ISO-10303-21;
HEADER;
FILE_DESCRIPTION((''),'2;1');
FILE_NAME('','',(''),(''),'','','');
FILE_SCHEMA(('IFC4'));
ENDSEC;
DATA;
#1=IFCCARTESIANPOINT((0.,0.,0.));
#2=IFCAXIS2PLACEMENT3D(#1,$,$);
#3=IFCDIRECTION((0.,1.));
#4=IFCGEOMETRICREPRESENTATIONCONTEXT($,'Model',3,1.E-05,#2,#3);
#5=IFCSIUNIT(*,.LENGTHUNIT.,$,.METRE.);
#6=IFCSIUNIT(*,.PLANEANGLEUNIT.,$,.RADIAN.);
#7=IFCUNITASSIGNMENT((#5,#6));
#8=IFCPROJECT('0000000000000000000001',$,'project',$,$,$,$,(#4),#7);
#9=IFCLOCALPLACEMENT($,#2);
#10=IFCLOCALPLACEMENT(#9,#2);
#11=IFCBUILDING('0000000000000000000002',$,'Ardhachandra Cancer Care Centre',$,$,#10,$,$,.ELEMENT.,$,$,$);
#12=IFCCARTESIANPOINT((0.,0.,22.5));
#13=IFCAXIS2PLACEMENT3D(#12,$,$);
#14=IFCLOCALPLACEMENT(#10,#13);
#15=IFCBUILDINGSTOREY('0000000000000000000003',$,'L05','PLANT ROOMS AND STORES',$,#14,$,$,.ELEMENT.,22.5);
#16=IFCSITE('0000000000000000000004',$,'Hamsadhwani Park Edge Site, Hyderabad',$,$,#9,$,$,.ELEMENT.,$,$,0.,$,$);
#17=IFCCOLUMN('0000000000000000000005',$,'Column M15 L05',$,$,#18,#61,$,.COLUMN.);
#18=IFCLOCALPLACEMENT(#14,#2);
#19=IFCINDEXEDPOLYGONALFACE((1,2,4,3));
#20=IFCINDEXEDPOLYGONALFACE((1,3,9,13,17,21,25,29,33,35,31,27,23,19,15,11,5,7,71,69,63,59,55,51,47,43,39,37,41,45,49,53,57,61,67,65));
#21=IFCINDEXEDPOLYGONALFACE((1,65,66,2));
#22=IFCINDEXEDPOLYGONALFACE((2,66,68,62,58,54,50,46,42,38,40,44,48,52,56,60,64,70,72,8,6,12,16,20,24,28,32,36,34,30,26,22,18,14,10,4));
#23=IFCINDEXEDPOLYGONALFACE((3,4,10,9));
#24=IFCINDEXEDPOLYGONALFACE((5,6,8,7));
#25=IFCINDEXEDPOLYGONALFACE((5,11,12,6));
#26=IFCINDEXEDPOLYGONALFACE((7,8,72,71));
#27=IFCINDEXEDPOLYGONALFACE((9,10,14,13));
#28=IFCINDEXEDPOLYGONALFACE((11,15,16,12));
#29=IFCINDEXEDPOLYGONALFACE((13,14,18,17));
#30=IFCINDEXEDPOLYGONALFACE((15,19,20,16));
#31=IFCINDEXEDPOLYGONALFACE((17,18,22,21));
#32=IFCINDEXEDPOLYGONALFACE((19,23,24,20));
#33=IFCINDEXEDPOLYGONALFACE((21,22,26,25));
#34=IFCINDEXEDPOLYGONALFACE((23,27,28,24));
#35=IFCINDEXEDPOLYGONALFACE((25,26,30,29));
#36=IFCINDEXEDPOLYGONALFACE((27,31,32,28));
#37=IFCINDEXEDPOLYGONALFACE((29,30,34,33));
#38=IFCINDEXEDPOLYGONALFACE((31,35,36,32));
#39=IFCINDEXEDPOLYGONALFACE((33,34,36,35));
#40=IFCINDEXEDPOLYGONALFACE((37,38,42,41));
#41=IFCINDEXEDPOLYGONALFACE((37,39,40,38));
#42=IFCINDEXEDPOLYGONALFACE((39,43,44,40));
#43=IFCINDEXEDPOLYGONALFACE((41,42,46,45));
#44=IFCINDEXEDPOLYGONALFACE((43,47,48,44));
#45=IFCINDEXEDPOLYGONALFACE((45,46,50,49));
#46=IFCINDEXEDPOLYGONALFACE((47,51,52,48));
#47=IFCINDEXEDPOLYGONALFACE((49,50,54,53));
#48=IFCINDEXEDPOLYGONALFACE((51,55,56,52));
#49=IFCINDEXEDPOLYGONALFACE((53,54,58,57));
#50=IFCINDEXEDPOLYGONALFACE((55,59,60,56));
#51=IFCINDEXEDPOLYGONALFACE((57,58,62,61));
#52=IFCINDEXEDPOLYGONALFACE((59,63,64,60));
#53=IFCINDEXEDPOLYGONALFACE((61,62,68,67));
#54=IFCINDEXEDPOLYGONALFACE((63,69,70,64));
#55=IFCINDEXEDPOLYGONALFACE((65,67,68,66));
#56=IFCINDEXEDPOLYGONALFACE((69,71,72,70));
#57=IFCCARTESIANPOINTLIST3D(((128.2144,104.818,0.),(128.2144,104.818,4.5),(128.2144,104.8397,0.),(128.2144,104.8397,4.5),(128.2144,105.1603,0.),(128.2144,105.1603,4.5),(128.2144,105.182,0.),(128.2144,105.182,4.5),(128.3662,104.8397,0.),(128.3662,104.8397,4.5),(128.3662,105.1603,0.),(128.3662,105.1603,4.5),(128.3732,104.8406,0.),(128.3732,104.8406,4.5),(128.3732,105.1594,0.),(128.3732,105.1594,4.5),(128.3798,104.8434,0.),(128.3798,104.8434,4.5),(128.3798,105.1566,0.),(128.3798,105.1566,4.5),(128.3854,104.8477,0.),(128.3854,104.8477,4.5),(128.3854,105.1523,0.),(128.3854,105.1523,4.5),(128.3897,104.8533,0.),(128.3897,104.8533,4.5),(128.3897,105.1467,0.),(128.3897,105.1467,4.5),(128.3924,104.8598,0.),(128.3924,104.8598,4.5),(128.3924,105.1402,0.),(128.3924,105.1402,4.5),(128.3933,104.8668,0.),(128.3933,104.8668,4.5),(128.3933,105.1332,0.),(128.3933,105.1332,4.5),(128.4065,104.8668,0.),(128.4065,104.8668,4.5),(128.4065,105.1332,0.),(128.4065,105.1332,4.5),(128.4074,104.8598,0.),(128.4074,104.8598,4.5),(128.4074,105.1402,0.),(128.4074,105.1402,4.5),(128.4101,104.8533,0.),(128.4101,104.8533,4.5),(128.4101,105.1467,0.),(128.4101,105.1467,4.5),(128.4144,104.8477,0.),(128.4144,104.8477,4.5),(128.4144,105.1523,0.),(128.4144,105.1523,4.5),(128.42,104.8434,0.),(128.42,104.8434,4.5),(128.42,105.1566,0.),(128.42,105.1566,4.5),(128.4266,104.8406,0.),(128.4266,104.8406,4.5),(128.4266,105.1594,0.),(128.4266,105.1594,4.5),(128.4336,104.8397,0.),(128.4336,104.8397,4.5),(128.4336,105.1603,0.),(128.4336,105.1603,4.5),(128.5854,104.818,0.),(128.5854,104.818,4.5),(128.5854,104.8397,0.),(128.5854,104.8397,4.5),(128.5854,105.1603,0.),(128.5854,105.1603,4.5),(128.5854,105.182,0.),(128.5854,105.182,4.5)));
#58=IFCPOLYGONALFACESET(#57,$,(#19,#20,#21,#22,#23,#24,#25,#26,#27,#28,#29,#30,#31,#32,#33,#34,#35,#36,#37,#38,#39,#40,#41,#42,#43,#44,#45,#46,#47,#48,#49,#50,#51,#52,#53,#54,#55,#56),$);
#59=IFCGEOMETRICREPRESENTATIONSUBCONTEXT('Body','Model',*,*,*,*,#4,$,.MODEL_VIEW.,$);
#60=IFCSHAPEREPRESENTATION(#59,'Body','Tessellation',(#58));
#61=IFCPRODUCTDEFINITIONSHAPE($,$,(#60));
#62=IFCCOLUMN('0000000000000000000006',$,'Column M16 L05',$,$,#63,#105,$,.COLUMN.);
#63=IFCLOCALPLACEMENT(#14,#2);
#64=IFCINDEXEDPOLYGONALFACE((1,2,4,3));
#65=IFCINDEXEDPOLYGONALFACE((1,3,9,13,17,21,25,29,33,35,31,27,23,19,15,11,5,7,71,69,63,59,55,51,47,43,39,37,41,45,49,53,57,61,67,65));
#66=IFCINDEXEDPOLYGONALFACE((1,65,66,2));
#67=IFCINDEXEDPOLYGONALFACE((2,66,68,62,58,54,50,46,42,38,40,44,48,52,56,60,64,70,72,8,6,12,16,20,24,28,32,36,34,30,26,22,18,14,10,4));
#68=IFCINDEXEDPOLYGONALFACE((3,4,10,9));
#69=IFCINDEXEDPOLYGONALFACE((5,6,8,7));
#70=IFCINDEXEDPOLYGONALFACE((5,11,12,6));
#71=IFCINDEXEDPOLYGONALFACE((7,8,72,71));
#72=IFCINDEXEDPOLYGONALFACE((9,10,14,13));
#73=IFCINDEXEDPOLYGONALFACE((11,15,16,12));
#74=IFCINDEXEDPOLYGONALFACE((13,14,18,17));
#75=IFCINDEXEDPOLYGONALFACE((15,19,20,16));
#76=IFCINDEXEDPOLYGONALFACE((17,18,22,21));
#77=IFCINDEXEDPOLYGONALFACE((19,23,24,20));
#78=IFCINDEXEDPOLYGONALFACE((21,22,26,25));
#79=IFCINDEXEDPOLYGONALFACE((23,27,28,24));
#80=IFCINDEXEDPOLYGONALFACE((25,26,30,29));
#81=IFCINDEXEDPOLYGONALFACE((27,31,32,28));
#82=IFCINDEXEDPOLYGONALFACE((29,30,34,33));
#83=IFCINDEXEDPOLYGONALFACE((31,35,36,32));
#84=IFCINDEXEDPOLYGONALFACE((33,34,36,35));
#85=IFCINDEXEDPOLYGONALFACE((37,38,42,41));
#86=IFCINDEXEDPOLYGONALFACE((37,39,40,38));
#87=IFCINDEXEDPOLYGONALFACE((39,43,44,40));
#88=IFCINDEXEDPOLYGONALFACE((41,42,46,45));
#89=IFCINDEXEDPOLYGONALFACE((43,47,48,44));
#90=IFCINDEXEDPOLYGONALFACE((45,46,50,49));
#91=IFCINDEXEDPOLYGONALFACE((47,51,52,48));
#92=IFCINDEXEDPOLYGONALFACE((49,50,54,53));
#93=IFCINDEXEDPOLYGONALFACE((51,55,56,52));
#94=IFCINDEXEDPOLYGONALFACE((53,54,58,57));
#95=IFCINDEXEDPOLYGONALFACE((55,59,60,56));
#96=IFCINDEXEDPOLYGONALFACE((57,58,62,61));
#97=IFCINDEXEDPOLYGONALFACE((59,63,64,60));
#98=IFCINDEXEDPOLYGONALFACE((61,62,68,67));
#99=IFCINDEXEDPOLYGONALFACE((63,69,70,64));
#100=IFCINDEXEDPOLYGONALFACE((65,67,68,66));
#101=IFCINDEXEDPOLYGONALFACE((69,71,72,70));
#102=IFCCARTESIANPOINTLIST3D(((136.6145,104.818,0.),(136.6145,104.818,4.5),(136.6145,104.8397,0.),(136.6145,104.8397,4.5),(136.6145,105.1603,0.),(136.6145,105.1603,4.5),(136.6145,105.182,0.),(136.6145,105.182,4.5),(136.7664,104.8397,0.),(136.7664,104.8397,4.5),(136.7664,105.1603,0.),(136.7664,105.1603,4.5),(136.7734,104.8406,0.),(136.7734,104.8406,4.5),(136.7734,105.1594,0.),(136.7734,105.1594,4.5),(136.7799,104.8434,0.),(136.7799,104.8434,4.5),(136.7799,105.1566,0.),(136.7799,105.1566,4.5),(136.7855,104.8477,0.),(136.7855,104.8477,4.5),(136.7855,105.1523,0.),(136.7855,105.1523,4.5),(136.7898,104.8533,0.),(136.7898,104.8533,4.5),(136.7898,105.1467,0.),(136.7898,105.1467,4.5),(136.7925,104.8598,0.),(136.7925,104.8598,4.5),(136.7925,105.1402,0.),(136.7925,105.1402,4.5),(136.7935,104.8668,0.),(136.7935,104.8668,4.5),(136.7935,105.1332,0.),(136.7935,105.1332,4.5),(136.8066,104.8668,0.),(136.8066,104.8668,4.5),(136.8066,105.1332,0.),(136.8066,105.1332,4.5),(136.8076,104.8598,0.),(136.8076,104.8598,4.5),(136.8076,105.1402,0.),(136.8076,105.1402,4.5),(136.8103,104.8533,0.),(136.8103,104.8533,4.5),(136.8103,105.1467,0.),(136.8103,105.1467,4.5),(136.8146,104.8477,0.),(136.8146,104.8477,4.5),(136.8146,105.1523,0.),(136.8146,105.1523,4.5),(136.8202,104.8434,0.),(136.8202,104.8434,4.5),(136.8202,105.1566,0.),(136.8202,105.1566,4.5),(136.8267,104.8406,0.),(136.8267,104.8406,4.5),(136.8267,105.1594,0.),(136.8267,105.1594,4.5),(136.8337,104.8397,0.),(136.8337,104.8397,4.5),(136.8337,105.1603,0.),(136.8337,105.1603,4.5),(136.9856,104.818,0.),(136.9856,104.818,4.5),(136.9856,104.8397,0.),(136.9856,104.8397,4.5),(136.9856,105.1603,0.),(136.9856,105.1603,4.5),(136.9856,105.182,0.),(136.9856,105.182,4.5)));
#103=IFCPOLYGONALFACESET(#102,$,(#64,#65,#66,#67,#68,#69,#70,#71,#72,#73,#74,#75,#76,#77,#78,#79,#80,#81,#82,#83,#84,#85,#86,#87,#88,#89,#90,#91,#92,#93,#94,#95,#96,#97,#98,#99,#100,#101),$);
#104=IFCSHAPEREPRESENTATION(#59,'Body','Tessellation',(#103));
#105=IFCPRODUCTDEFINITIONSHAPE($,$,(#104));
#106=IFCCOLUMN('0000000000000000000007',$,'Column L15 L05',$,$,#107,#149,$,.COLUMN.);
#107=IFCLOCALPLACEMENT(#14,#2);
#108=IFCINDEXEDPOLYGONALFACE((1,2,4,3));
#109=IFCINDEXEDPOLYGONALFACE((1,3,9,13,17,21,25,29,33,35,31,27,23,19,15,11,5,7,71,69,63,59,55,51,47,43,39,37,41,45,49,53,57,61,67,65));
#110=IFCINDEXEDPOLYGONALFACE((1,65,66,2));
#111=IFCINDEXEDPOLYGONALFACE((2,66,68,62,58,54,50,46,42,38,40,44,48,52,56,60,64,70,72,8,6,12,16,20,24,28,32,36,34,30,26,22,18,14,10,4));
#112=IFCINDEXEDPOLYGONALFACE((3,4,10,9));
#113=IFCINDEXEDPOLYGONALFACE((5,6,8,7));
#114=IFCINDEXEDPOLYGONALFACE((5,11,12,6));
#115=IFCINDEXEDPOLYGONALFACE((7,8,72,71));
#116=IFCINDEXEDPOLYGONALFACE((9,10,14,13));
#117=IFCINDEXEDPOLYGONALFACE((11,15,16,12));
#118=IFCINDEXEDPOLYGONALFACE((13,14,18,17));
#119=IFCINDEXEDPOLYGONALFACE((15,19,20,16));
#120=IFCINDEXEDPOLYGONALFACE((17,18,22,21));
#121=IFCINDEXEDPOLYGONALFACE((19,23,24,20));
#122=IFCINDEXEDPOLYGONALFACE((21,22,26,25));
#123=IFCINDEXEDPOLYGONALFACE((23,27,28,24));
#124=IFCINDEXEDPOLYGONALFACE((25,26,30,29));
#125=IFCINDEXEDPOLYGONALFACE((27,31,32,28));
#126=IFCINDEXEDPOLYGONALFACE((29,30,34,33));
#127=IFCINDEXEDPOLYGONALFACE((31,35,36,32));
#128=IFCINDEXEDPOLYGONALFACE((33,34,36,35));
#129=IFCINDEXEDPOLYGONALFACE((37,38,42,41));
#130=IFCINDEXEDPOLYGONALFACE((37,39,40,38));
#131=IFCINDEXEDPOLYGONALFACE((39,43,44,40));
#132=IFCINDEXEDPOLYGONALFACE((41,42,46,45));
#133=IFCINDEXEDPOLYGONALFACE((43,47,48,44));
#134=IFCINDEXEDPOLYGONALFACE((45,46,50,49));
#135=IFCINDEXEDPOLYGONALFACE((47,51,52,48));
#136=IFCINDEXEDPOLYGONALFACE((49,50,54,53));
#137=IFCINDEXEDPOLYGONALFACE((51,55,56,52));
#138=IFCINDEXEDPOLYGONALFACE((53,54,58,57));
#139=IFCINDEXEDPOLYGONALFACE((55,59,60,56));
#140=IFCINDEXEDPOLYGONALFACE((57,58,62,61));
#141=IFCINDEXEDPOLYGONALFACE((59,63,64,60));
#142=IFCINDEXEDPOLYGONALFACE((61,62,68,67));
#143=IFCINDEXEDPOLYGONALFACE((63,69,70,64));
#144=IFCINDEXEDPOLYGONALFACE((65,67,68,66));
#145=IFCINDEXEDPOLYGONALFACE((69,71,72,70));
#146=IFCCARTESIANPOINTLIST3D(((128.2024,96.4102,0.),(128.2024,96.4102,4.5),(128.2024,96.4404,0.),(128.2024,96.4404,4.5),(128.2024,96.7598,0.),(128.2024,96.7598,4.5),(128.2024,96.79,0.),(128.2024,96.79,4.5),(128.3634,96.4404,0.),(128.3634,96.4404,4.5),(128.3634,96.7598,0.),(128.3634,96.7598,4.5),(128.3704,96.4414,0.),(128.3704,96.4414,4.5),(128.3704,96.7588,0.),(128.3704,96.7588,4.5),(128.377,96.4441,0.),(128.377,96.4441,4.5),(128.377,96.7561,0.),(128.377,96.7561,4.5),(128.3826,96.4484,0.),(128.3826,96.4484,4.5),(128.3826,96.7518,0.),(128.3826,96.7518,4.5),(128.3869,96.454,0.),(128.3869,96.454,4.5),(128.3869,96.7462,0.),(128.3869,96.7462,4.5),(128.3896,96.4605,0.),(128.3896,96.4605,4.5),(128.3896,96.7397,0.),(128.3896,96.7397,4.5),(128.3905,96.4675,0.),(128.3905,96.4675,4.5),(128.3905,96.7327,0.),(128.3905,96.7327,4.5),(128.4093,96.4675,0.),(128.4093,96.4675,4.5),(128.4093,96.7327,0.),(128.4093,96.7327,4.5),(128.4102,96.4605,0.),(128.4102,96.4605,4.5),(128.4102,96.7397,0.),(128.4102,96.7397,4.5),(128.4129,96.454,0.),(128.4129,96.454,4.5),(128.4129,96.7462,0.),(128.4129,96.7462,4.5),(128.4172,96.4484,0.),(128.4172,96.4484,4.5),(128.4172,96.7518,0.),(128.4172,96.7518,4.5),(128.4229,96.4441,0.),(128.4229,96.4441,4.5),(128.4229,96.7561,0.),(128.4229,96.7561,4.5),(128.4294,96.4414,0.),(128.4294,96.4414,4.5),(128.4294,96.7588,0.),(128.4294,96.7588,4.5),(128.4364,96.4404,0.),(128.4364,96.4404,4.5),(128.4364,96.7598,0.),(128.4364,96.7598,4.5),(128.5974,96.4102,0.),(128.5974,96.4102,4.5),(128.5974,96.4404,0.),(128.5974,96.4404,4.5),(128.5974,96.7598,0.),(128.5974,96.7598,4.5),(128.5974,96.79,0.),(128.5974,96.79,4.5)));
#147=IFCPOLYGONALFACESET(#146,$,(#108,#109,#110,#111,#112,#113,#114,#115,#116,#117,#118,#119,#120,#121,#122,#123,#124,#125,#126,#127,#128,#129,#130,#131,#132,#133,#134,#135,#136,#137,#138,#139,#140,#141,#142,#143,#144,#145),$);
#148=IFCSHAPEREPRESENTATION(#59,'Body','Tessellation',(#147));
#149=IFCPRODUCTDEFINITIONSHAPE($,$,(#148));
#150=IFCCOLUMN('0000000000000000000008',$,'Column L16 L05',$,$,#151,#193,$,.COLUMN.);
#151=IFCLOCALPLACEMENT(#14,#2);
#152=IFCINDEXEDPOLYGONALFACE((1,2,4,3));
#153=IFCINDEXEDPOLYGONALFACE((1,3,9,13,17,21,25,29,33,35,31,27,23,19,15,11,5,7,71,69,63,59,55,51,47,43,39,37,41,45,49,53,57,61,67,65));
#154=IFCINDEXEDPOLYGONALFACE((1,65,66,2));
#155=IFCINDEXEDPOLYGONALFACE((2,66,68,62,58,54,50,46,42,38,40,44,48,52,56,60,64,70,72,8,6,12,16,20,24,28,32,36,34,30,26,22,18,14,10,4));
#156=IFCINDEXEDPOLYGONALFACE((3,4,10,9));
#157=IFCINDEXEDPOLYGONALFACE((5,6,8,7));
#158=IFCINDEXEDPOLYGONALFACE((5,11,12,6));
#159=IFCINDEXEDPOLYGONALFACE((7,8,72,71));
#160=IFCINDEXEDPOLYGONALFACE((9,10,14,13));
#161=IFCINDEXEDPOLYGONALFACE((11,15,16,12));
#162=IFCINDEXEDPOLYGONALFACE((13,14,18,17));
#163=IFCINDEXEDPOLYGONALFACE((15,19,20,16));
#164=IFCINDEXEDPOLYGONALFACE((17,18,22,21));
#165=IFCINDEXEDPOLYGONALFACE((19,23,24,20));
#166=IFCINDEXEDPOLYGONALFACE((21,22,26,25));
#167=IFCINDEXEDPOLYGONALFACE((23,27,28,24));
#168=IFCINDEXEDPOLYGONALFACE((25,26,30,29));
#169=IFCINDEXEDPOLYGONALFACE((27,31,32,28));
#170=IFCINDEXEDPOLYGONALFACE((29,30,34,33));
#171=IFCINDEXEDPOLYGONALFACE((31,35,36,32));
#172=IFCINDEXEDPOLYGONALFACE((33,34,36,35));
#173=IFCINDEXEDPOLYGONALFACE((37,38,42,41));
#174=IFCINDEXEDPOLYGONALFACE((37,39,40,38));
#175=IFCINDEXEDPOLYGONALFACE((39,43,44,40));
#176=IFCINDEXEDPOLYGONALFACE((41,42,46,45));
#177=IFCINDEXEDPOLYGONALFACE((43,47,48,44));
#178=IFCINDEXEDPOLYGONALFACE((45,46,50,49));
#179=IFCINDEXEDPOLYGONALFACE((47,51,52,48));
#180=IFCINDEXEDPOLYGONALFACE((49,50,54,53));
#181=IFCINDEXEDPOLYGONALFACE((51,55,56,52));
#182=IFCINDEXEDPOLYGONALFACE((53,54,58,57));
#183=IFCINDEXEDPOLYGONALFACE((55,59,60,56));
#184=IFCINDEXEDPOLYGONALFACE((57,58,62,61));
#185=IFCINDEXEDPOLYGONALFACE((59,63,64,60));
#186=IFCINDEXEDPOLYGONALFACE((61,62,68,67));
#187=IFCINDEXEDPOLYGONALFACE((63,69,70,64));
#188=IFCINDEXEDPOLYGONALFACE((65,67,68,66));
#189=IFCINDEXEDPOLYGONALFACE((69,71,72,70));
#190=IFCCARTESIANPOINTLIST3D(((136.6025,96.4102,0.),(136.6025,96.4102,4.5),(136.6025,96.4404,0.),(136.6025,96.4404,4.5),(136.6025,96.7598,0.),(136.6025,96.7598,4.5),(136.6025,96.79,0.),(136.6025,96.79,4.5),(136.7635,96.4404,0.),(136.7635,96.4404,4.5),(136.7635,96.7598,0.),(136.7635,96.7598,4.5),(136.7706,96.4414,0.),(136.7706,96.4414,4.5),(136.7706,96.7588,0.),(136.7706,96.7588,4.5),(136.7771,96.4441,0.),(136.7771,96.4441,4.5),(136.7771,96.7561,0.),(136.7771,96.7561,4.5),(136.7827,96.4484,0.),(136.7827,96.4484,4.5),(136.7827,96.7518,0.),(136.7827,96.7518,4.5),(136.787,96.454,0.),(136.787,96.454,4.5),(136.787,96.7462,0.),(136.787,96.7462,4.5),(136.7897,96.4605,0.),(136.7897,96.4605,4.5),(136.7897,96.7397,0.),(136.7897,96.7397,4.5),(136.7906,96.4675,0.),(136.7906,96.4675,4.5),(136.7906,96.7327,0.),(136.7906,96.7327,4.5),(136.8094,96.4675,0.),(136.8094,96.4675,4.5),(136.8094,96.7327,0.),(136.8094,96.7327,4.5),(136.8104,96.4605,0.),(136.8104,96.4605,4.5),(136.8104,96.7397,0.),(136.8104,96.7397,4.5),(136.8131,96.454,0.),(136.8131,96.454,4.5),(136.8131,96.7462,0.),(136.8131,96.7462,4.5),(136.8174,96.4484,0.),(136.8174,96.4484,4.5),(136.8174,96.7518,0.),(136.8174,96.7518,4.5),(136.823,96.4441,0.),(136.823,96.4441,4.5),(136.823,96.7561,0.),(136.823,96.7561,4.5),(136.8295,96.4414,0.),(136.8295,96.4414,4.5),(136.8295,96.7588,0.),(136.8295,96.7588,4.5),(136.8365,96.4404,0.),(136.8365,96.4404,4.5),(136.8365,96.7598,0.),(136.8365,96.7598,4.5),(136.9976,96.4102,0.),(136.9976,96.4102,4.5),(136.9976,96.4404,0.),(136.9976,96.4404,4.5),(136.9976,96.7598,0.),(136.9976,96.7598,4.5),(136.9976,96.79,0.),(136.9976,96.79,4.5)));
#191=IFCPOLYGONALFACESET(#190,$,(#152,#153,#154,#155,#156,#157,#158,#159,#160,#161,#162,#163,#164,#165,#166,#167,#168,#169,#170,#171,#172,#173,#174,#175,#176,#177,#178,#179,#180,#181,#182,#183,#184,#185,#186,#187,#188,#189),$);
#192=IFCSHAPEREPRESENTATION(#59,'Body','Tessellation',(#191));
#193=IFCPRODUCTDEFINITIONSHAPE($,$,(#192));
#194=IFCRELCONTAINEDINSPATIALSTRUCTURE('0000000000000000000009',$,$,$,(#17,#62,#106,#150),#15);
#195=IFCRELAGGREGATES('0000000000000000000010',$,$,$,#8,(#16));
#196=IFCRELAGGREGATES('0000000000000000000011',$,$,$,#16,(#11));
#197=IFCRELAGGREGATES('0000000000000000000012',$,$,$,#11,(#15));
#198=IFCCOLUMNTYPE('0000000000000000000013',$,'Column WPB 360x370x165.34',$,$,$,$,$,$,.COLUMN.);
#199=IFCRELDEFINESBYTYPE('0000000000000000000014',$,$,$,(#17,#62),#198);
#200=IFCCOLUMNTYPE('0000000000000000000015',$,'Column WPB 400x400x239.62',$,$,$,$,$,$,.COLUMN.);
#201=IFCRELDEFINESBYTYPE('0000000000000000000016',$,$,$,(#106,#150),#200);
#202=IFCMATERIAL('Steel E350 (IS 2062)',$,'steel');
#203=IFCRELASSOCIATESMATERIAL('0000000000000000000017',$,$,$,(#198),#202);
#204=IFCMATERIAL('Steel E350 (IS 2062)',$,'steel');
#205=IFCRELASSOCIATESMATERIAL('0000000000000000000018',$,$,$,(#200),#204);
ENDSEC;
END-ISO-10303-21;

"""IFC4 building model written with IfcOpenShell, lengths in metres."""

from ifc_helpers import new_model, si_unit, direction, frame, origin, origin_2d, place, context, subcontext, project, spatial, i_section, extrude, material, material_profile, profile_set, type_object, element, save


model = new_model("IFC4")

# Units and contexts
model_context = context("Model", 3, precision=1e-05, world=origin(), true_north=direction((0.0, 1.0)))
body_context = subcontext(model_context, "Body", "Model", "MODEL_VIEW")
ifc_project = project(units=[si_unit("LENGTHUNIT", "METRE"), si_unit("PLANEANGLEUNIT", "RADIAN")], contexts=[model_context])

# Site, building, storey
site_placement = place(None, origin())
site = spatial("IfcSite", under=ifc_project, at=site_placement, Name="Hamsadhwani Park Edge Site, Hyderabad", CompositionType="ELEMENT", RefElevation=0.0)
building_placement = place(site_placement, origin())
building = spatial("IfcBuilding", under=site, at=building_placement, Name="Ardhachandra Cancer Care Centre", CompositionType="ELEMENT")
storey_placement = place(building_placement, frame((0.0, 0.0, 22.5)))
storey = spatial("IfcBuildingStorey", under=building, at=storey_placement, Name="L05", Description="PLANT ROOMS AND STORES", CompositionType="ELEMENT", Elevation=22.5)

# Columns
ifc_material_1 = material(Name="Steel E350 (IS 2062)", Category="steel")
ifc_material_profile_1 = material_profile(ifc_material_1, i_section(OverallWidth=0.3711, OverallDepth=0.364, WebThickness=0.0132, FlangeThickness=0.0217, FilletRadius=0.0271, at=origin_2d()), Name="WPB 360x370x165.34")
ifc_profile_set_1 = profile_set([ifc_material_profile_1], Name="Steel E350 (IS 2062)")
column_type_1 = type_object("IfcColumnType", Name="Column WPB 360x370x165.34", PredefinedType="COLUMN", material=ifc_profile_set_1)
for number, where, z_axis, x_axis, name in (
    (1, (128.3999, 105.0, 0.0), (0.0, 0.0, 1.0), (1.0, 0.0, 0.0), "Column M15 L05"),
    (2, (136.8, 105.0, 0.0), (0.0, 0.0, 1.0), (1.0, 0.0, 0.0), "Column M16 L05"),
):
    element("IfcColumn", number, at=place(storey_placement, frame(where, z_axis=z_axis, x_axis=x_axis)), inside=storey, type_object=column_type_1, Name=name, PredefinedType="COLUMN", context=body_context, shape_type="SweptSolid", body=[
        extrude(i_section(OverallWidth=0.3711, OverallDepth=0.364, WebThickness=0.0132, FlangeThickness=0.0217, FilletRadius=0.0271, at=origin_2d()), origin(), (0.0, 0.0, 1.0), 4.5),
    ])
ifc_material_2 = material(Name="Steel E350 (IS 2062)", Category="steel")
ifc_material_profile_2 = material_profile(ifc_material_2, i_section(OverallWidth=0.395, OverallDepth=0.3799, WebThickness=0.0188, FlangeThickness=0.0303, FilletRadius=0.0271, at=origin_2d()), Name="WPB 400x400x239.62")
ifc_profile_set_2 = profile_set([ifc_material_profile_2], Name="Steel E350 (IS 2062)")
column_type_2 = type_object("IfcColumnType", Name="Column WPB 400x400x239.62", PredefinedType="COLUMN", material=ifc_profile_set_2)
for number, where, z_axis, x_axis, name in (
    (3, (128.3999, 96.6001, 0.0), (0.0, 0.0, 1.0), (1.0, 0.0, 0.0), "Column L15 L05"),
    (4, (136.8, 96.6001, 0.0), (0.0, 0.0, 1.0), (1.0, 0.0, 0.0), "Column L16 L05"),
):
    element("IfcColumn", number, at=place(storey_placement, frame(where, z_axis=z_axis, x_axis=x_axis)), inside=storey, type_object=column_type_2, Name=name, PredefinedType="COLUMN", context=body_context, shape_type="SweptSolid", body=[
        extrude(i_section(OverallWidth=0.395, OverallDepth=0.3799, WebThickness=0.0188, FlangeThickness=0.0303, FilletRadius=0.0271, at=origin_2d()), origin(), (0.0, 0.0, 1.0), 4.5),
    ])

save(model, "model.ifc")
